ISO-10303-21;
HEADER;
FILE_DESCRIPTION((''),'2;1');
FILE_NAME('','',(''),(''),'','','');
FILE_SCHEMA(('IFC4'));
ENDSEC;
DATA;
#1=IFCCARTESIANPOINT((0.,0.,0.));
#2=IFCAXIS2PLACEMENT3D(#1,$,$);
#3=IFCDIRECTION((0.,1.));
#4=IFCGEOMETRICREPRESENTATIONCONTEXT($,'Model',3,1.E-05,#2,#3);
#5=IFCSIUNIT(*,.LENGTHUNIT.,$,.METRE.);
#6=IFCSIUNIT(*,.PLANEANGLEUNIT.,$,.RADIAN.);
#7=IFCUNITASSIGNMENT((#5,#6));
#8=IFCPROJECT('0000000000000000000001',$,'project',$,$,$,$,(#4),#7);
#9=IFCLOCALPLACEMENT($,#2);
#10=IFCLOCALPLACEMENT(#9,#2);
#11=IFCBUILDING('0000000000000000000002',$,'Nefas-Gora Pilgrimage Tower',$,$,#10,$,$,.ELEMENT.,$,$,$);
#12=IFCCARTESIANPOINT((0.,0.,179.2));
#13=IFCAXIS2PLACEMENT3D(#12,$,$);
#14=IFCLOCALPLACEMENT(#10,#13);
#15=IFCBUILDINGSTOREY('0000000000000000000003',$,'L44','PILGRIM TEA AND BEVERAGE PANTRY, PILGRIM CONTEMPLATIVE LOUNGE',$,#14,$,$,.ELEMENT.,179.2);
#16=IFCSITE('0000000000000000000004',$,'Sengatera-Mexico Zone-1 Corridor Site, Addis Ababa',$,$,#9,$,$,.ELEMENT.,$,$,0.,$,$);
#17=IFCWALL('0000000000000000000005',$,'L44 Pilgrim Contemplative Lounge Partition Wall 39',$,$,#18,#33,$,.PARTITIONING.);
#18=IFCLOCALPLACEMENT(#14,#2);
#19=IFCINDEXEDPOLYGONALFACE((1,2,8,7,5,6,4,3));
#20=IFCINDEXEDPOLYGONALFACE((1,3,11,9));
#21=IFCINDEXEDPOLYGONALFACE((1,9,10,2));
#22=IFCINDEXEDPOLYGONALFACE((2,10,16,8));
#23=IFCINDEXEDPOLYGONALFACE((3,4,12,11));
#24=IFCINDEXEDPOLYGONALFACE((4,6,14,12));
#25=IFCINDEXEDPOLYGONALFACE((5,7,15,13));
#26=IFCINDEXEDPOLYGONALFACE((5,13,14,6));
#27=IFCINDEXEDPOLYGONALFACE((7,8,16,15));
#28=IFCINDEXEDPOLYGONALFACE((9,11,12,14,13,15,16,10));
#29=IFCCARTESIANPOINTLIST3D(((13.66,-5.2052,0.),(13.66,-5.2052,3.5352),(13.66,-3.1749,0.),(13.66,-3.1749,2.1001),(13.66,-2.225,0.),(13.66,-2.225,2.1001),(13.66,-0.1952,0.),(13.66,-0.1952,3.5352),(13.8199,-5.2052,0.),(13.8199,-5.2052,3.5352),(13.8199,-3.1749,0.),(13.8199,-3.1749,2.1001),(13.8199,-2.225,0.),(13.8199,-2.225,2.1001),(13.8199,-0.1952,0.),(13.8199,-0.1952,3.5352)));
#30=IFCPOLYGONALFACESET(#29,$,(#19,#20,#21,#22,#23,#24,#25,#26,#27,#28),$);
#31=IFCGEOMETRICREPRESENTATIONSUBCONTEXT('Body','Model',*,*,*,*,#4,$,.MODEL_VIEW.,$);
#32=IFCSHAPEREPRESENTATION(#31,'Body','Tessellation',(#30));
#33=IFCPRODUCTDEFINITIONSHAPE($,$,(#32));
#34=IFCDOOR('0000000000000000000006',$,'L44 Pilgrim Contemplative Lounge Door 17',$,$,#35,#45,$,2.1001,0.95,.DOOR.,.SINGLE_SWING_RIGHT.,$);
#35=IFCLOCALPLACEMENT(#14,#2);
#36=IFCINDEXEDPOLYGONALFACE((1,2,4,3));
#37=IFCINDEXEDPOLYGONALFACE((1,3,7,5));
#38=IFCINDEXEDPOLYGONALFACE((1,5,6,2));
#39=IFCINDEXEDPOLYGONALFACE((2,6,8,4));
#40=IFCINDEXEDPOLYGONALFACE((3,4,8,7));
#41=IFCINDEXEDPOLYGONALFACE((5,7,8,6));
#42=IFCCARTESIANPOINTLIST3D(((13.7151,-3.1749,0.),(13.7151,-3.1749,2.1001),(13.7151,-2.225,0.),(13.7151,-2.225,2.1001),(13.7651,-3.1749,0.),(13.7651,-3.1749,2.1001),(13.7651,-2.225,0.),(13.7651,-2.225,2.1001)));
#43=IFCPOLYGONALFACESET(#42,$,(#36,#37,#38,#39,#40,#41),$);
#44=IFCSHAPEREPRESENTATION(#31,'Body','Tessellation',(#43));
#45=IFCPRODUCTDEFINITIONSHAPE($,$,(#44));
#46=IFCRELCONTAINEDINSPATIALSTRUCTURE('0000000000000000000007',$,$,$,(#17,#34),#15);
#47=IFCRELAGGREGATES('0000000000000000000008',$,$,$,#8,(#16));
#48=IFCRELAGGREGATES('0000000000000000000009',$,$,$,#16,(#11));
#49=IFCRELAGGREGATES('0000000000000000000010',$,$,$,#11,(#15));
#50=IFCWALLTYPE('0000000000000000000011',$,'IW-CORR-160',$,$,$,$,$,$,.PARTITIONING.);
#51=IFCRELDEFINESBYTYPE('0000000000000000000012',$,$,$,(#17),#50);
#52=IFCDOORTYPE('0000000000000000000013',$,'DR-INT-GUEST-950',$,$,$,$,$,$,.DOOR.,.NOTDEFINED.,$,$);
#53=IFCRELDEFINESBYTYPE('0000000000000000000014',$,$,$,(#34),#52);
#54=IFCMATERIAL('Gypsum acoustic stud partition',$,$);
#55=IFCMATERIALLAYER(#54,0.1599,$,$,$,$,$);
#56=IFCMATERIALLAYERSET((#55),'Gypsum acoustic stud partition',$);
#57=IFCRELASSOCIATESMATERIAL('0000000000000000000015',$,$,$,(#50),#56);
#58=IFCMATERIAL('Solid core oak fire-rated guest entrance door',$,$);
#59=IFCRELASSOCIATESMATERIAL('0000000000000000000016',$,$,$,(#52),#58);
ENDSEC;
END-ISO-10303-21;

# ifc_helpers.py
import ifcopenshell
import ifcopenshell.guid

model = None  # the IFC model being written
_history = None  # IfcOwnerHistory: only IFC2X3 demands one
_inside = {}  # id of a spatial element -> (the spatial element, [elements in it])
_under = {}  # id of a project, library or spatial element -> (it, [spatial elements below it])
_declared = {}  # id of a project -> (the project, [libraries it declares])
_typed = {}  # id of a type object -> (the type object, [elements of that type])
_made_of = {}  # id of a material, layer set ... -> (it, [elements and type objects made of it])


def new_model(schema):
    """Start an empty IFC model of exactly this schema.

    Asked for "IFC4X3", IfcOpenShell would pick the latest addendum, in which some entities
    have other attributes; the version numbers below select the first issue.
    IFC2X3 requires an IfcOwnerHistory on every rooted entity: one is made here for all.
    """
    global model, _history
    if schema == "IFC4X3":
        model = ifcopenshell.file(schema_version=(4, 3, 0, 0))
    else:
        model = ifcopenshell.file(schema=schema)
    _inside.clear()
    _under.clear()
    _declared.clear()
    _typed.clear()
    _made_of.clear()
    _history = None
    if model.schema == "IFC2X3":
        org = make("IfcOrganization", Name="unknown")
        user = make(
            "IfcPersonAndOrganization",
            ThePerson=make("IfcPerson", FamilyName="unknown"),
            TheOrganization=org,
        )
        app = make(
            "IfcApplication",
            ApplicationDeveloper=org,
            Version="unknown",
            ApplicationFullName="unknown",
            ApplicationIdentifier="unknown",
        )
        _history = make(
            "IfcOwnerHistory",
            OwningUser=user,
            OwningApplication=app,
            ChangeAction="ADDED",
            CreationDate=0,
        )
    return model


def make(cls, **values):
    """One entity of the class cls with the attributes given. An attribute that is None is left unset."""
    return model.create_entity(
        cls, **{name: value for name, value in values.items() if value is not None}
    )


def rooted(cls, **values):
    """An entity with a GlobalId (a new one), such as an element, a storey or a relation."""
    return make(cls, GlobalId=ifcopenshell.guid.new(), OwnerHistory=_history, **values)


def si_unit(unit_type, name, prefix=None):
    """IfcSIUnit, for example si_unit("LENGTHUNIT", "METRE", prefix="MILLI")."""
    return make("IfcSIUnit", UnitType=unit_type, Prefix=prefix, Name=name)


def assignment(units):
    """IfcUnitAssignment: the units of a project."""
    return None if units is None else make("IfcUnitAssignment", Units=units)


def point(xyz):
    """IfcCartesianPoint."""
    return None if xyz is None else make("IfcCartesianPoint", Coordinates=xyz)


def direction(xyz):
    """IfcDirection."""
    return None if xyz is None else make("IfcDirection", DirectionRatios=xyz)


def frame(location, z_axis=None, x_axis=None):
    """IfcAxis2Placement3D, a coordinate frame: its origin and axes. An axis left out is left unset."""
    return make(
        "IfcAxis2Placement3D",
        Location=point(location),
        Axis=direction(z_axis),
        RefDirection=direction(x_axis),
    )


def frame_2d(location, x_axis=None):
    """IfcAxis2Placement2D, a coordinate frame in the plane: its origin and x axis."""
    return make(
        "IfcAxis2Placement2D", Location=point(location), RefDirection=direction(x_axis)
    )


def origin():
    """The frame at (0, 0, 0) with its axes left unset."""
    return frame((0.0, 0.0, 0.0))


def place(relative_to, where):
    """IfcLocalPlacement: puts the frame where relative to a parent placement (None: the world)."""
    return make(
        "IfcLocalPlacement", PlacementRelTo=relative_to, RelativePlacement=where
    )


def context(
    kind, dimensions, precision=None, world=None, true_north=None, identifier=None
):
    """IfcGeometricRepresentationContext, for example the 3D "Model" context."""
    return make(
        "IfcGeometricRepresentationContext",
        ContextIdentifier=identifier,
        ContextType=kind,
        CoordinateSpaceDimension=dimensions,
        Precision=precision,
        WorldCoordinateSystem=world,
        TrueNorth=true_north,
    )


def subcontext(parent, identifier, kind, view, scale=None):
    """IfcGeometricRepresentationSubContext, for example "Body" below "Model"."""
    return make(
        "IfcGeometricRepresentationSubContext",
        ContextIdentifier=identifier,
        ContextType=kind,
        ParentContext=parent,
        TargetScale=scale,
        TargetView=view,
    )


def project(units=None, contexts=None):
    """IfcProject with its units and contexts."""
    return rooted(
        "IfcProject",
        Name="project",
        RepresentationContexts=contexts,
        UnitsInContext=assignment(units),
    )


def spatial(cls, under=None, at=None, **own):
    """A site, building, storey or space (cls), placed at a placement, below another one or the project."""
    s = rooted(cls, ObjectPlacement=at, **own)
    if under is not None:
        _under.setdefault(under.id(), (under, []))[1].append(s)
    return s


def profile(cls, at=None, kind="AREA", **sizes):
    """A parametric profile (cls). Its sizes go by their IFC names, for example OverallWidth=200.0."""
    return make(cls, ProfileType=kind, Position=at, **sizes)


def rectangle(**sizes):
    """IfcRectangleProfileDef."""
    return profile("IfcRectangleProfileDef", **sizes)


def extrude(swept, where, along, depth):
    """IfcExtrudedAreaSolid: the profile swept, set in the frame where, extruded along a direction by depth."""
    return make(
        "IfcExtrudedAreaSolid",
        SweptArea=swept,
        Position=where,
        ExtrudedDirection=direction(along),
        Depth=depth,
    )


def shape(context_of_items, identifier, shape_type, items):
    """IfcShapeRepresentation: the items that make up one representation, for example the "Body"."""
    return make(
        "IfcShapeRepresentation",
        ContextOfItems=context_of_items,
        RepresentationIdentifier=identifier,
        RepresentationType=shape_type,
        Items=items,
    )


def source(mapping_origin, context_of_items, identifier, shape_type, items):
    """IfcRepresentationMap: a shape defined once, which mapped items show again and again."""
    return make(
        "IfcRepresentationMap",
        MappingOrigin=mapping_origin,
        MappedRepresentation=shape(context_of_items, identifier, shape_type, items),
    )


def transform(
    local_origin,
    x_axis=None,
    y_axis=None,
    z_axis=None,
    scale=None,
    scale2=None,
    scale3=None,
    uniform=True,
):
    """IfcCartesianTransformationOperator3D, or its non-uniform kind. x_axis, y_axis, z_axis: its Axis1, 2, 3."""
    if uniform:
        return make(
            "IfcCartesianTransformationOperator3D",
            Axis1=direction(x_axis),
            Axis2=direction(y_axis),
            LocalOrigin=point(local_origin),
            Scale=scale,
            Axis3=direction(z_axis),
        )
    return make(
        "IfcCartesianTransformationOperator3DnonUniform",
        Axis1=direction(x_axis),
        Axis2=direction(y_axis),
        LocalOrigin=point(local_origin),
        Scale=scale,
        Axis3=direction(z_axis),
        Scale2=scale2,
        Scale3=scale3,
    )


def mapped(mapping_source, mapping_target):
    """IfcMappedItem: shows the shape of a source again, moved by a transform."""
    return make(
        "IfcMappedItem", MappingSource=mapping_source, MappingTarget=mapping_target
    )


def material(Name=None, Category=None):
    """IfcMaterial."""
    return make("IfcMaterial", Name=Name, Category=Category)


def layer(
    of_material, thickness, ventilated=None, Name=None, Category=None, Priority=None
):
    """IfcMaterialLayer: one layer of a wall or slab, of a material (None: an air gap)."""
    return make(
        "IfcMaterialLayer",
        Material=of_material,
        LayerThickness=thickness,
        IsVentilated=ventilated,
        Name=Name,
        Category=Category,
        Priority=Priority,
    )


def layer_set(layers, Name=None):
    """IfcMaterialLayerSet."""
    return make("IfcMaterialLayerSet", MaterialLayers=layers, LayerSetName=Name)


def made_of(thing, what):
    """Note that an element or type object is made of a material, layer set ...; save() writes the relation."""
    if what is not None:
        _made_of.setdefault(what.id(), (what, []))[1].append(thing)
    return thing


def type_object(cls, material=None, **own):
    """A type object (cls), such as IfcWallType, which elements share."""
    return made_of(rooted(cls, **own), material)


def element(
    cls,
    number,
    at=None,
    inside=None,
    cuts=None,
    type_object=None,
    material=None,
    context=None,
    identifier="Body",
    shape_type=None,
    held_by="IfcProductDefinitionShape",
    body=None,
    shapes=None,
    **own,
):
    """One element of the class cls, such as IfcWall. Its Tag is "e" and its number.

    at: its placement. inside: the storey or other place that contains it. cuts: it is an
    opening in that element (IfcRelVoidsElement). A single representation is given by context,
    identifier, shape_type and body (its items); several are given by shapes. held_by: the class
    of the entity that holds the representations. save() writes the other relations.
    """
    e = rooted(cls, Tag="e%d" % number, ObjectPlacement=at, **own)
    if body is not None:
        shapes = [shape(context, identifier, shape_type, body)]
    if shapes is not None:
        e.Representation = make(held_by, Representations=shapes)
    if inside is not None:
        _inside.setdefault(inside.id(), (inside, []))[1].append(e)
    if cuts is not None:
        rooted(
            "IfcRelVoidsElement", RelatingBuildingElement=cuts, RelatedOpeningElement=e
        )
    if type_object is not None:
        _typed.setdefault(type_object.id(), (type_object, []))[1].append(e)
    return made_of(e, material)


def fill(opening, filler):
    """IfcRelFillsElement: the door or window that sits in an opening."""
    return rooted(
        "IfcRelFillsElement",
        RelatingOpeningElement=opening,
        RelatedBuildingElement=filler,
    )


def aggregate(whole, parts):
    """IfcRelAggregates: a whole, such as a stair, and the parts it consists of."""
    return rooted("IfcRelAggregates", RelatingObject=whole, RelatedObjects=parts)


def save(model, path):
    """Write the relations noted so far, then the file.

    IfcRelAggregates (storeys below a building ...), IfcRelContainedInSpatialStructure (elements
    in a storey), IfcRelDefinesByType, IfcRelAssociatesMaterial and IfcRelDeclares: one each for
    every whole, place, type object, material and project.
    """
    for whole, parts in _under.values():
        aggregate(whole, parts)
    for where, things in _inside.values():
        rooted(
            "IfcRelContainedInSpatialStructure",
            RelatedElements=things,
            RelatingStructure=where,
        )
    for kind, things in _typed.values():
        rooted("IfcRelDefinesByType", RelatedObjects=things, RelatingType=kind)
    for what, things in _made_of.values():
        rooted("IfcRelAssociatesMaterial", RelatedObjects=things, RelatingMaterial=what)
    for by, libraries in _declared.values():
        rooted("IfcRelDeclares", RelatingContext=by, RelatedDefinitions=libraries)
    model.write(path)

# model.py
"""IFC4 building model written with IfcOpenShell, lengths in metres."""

from ifc_helpers import new_model, si_unit, direction, frame, frame_2d, origin, place, context, subcontext, project, spatial, rectangle, extrude, source, transform, mapped, material, layer, layer_set, type_object, element, fill, save


model = new_model("IFC4")

# Units and contexts
model_context = context("Model", 3, precision=1e-05, world=origin(), true_north=direction((0.0, 1.0)))
body_context = subcontext(model_context, "Body", "Model", "MODEL_VIEW")
ifc_project = project(units=[si_unit("LENGTHUNIT", "METRE"), si_unit("PLANEANGLEUNIT", "RADIAN")], contexts=[model_context])

# Site, building, storey
site_placement = place(None, origin())
site = spatial("IfcSite", under=ifc_project, at=site_placement, Name="Sengatera-Mexico Zone-1 Corridor Site, Addis Ababa", CompositionType="ELEMENT", RefElevation=0.0)
building_placement = place(site_placement, origin())
building = spatial("IfcBuilding", under=site, at=building_placement, Name="Nefas-Gora Pilgrimage Tower", CompositionType="ELEMENT")
storey_placement = place(building_placement, frame((0.0, 0.0, 179.2)))
storey = spatial("IfcBuildingStorey", under=building, at=storey_placement, Name="L44", Description="PILGRIM TEA AND BEVERAGE PANTRY, PILGRIM CONTEMPLATIVE LOUNGE", CompositionType="ELEMENT", Elevation=179.2)

# Shared definitions
ifc_material_1 = material(Name="Gypsum acoustic stud partition")
ifc_layer_1 = layer(ifc_material_1, 0.1599)
ifc_layer_set_1 = layer_set([ifc_layer_1], Name="Gypsum acoustic stud partition")
wall_type_1 = type_object("IfcWallType", Name="IW-CORR-160", PredefinedType="PARTITIONING", material=ifc_layer_set_1)
ifc_material_2 = material(Name="Solid core oak fire-rated guest entrance door")
door_type_1 = type_object("IfcDoorType", Name="DR-INT-GUEST-950", OperationType="NOTDEFINED", PredefinedType="DOOR", material=ifc_material_2)
shared_shape_1 = source(origin(), body_context, "Body", "SweptSolid", [
    extrude(rectangle(XDim=0.95, YDim=2.1001, at=frame_2d((0.4751, 1.05))), frame((0.0, 0.0249, 0.0), z_axis=(0.0, -1.0, 0.0), x_axis=(1.0, 0.0, 0.0)), (0.0, 0.0, 1.0), 0.05),
])

# Wall, opening, door
shared_shape_2 = source(origin(), body_context, "Body", "SweptSolid", [
    extrude(rectangle(XDim=5.01, YDim=0.1599, at=frame_2d((2.5049, 0.0))), origin(), (0.0, 0.0, 1.0), 3.5352),
])
wall_1_placement = place(storey_placement, frame((13.74, -5.2051, 0.0), z_axis=(0.0, 0.0, 1.0), x_axis=(0.0, 1.0, 0.0)))
wall_1 = element("IfcWall", 1, at=wall_1_placement, inside=storey, type_object=wall_type_1, Name="L44 Pilgrim Contemplative Lounge Partition Wall 39", PredefinedType="PARTITIONING", context=body_context, shape_type="MappedRepresentation", body=[
    mapped(shared_shape_2, transform((0.0, 0.0, 0.0), x_axis=(1.0, 0.0, 0.0), y_axis=(0.0, 1.0, 0.0), z_axis=(0.0, 0.0, 1.0), scale=1.0)),
])
opening_1_placement = place(wall_1_placement, frame((2.03, 0.0, 0.0)))
opening_1 = element("IfcOpeningElement", 2, at=opening_1_placement, cuts=wall_1, PredefinedType="OPENING", context=body_context, shape_type="SweptSolid", body=[
    extrude(rectangle(XDim=0.95, YDim=2.1001, at=frame_2d((0.4751, 1.05))), frame((0.0, 0.0898, 0.0), z_axis=(0.0, -1.0, 0.0), x_axis=(1.0, 0.0, 0.0)), (0.0, 0.0, 1.0), 0.1799),
])
door_1_placement = place(opening_1_placement, origin())
door_1 = element("IfcDoor", 3, at=door_1_placement, inside=storey, type_object=door_type_1, Name="L44 Pilgrim Contemplative Lounge Door 17", OperationType="SINGLE_SWING_RIGHT", OverallHeight=2.1001, OverallWidth=0.95, PredefinedType="DOOR", context=body_context, shape_type="MappedRepresentation", body=[
    mapped(shared_shape_1, transform((0.0, 0.0, 0.0), x_axis=(1.0, 0.0, 0.0), y_axis=(0.0, 1.0, 0.0), z_axis=(0.0, 0.0, 1.0), scale=1.0)),
])
fill(opening_1, door_1)

save(model, "model.ifc")
